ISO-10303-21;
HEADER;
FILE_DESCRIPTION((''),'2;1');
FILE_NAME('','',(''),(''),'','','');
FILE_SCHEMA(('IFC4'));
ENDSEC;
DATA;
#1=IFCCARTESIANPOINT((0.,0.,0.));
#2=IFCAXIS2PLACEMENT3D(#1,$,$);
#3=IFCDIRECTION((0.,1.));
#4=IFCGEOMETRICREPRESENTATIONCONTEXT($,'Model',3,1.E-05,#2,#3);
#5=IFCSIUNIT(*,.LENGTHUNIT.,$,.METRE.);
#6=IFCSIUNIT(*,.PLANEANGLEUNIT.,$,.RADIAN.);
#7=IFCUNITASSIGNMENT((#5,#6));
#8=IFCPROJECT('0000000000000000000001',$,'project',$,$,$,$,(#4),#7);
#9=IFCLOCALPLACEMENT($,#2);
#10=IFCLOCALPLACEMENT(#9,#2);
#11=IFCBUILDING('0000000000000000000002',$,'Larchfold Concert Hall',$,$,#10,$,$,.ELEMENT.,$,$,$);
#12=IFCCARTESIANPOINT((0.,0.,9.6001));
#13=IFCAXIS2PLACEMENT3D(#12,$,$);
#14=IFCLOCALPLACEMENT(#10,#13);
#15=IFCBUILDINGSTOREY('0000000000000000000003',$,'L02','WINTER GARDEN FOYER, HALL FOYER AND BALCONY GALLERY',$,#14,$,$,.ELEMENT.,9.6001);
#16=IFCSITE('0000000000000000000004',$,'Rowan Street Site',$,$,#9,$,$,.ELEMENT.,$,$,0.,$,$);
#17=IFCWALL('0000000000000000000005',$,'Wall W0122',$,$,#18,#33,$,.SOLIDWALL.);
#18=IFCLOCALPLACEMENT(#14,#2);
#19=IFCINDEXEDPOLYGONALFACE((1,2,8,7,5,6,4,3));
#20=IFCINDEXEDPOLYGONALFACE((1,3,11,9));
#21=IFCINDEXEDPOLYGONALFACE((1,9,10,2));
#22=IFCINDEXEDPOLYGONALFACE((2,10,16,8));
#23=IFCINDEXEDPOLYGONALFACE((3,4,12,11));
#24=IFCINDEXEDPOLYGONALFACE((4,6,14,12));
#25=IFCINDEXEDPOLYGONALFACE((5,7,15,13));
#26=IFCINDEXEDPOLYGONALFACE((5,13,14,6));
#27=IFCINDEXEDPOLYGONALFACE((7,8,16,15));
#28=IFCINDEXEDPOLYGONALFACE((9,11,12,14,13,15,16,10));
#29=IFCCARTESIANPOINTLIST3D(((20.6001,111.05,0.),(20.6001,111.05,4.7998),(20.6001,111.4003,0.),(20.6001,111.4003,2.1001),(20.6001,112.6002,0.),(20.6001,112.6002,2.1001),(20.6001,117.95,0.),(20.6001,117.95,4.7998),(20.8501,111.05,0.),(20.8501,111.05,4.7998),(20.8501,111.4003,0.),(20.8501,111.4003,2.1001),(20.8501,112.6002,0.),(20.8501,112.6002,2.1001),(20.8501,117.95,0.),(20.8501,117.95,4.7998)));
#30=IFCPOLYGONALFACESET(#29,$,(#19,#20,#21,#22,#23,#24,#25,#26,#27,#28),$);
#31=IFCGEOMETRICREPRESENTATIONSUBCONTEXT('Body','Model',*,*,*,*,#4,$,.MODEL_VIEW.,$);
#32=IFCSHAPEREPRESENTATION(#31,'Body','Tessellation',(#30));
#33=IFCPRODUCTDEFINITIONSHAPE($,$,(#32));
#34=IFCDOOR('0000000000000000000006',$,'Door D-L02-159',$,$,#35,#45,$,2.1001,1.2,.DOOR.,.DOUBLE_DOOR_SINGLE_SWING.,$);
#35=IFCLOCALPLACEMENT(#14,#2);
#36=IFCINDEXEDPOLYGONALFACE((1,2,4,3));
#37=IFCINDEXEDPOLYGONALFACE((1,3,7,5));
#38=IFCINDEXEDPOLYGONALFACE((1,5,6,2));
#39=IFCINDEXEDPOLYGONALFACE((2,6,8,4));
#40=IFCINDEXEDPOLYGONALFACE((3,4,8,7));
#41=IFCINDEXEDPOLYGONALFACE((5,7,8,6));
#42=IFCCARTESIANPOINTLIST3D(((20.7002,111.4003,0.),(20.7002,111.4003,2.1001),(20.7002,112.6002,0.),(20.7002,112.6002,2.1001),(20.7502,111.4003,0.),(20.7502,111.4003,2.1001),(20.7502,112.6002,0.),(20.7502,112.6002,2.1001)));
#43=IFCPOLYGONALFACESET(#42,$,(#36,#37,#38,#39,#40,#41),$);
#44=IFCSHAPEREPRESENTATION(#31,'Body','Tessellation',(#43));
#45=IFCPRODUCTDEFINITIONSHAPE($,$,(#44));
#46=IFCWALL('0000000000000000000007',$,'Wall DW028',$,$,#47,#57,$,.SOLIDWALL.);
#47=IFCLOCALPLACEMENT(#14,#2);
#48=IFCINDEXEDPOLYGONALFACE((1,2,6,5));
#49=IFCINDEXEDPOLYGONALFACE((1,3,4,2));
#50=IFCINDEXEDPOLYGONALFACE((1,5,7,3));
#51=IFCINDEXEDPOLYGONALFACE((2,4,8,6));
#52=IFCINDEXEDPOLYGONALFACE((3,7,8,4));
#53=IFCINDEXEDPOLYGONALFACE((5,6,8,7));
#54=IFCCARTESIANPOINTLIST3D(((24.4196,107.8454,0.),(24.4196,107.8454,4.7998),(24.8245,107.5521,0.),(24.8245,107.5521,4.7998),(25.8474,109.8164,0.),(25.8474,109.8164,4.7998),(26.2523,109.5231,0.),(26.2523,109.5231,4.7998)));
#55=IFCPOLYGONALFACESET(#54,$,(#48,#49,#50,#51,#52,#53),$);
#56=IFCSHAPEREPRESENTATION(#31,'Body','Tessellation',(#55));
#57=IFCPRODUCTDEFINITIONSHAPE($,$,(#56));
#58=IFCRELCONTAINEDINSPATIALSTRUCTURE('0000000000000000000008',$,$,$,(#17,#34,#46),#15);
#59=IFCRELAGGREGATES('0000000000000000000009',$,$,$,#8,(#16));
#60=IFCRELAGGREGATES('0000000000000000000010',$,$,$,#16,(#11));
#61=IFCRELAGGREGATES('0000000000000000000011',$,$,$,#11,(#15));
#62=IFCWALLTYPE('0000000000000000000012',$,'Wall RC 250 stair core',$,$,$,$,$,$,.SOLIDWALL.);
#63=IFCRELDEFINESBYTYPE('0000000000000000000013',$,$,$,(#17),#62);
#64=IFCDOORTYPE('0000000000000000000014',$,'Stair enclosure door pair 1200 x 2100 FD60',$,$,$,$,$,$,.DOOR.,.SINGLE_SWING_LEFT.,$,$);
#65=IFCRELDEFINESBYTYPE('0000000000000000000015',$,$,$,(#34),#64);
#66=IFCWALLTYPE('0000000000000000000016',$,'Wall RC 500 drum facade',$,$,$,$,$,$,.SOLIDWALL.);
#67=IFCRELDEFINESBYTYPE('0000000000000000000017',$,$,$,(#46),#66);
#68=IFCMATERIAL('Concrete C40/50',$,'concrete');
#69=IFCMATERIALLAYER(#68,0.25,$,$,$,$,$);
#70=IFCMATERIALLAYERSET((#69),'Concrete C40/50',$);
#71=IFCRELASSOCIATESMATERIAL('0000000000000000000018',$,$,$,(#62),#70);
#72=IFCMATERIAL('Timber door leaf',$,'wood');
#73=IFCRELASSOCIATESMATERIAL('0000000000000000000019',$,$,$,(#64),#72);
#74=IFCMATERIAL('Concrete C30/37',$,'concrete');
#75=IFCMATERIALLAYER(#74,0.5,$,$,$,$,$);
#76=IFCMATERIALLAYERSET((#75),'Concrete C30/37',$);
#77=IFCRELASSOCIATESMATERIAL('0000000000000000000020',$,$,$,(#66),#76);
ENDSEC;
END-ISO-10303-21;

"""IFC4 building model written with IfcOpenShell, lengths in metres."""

from ifc_helpers import new_model, si_unit, direction, frame, frame_2d, origin, place, context, subcontext, project, spatial, rectangle, extrude, material, layer, layer_set, type_object, element, fill, save


model = new_model("IFC4")

# Units and contexts
model_context = context("Model", 3, precision=1e-05, world=origin(), true_north=direction((0.0, 1.0)))
body_context = subcontext(model_context, "Body", "Model", "MODEL_VIEW")
ifc_project = project(units=[si_unit("LENGTHUNIT", "METRE"), si_unit("PLANEANGLEUNIT", "RADIAN")], contexts=[model_context])

# Site, building, storey
site_placement = place(None, origin())
site = spatial("IfcSite", under=ifc_project, at=site_placement, Name="Rowan Street Site", CompositionType="ELEMENT", RefElevation=0.0)
building_placement = place(site_placement, origin())
building = spatial("IfcBuilding", under=site, at=building_placement, Name="Larchfold Concert Hall", CompositionType="ELEMENT")
storey_placement = place(building_placement, frame((0.0, 0.0, 9.6001)))
storey = spatial("IfcBuildingStorey", under=building, at=storey_placement, Name="L02", Description="WINTER GARDEN FOYER, HALL FOYER AND BALCONY GALLERY", CompositionType="ELEMENT", Elevation=9.6001)

# Wall, opening, door
ifc_material_1 = material(Name="Concrete C40/50", Category="concrete")
ifc_layer_1 = layer(ifc_material_1, 0.25)
ifc_layer_set_1 = layer_set([ifc_layer_1], Name="Concrete C40/50")
wall_type_1 = type_object("IfcWallType", Name="Wall RC 250 stair core", PredefinedType="SOLIDWALL", material=ifc_layer_set_1)
wall_1_placement = place(storey_placement, frame((20.7251, 111.05, 0.0), z_axis=(0.0, 0.0, 1.0), x_axis=(0.0, 1.0, 0.0)))
wall_1 = element("IfcWall", 1, at=wall_1_placement, inside=storey, type_object=wall_type_1, Name="Wall W0122", PredefinedType="SOLIDWALL", context=body_context, shape_type="SweptSolid", body=[
    extrude(rectangle(XDim=6.8999, YDim=0.25, at=frame_2d((3.45, 0.0))), origin(), (0.0, 0.0, 1.0), 4.7998),
])
opening_placement = place(wall_1_placement, frame((0.3501, 0.0, 0.0)))
opening = element("IfcOpeningElement", 2, at=opening_placement, cuts=wall_1, PredefinedType="OPENING", context=body_context, shape_type="SweptSolid", body=[
    extrude(rectangle(XDim=1.2, YDim=2.1001, at=frame_2d((0.6001, 1.05))), frame((0.0, 0.135, 0.0), z_axis=(0.0, -1.0, 0.0), x_axis=(1.0, 0.0, 0.0)), (0.0, 0.0, 1.0), 0.27),
])
ifc_material_2 = material(Name="Timber door leaf", Category="wood")
door_type = type_object("IfcDoorType", Name="Stair enclosure door pair 1200 x 2100 FD60", OperationType="SINGLE_SWING_LEFT", PredefinedType="DOOR", material=ifc_material_2)
door_placement = place(opening_placement, origin())
door = element("IfcDoor", 3, at=door_placement, inside=storey, type_object=door_type, Name="Door D-L02-159", OperationType="DOUBLE_DOOR_SINGLE_SWING", OverallHeight=2.1001, OverallWidth=1.2, PredefinedType="DOOR", context=body_context, shape_type="SweptSolid", body=[
    extrude(rectangle(XDim=1.2, YDim=2.1001, at=frame_2d((0.6001, 1.05))), frame((0.0, 0.0249, 0.0), z_axis=(0.0, -1.0, 0.0), x_axis=(1.0, 0.0, 0.0)), (0.0, 0.0, 1.0), 0.05),
])
fill(opening, door)

# Wall
ifc_material_3 = material(Name="Concrete C30/37", Category="concrete")
ifc_layer_2 = layer(ifc_material_3, 0.5)
ifc_layer_set_2 = layer_set([ifc_layer_2], Name="Concrete C30/37")
wall_type_2 = type_object("IfcWallType", Name="Wall RC 500 drum facade", PredefinedType="SOLIDWALL", material=ifc_layer_set_2)
wall_2_placement = place(storey_placement, frame((26.0498, 109.6697, 0.0), z_axis=(0.0, 0.0, 1.0), x_axis=(-0.586644, -0.809845, 0.0)))
element("IfcWall", 4, at=wall_2_placement, inside=storey, type_object=wall_type_2, Name="Wall DW028", PredefinedType="SOLIDWALL", context=body_context, shape_type="SweptSolid", body=[
    extrude(rectangle(XDim=2.4338, YDim=0.5, at=frame_2d((1.2168, 0.0))), origin(), (0.0, 0.0, 1.0), 4.7998),
])

save(model, "model.ifc")
